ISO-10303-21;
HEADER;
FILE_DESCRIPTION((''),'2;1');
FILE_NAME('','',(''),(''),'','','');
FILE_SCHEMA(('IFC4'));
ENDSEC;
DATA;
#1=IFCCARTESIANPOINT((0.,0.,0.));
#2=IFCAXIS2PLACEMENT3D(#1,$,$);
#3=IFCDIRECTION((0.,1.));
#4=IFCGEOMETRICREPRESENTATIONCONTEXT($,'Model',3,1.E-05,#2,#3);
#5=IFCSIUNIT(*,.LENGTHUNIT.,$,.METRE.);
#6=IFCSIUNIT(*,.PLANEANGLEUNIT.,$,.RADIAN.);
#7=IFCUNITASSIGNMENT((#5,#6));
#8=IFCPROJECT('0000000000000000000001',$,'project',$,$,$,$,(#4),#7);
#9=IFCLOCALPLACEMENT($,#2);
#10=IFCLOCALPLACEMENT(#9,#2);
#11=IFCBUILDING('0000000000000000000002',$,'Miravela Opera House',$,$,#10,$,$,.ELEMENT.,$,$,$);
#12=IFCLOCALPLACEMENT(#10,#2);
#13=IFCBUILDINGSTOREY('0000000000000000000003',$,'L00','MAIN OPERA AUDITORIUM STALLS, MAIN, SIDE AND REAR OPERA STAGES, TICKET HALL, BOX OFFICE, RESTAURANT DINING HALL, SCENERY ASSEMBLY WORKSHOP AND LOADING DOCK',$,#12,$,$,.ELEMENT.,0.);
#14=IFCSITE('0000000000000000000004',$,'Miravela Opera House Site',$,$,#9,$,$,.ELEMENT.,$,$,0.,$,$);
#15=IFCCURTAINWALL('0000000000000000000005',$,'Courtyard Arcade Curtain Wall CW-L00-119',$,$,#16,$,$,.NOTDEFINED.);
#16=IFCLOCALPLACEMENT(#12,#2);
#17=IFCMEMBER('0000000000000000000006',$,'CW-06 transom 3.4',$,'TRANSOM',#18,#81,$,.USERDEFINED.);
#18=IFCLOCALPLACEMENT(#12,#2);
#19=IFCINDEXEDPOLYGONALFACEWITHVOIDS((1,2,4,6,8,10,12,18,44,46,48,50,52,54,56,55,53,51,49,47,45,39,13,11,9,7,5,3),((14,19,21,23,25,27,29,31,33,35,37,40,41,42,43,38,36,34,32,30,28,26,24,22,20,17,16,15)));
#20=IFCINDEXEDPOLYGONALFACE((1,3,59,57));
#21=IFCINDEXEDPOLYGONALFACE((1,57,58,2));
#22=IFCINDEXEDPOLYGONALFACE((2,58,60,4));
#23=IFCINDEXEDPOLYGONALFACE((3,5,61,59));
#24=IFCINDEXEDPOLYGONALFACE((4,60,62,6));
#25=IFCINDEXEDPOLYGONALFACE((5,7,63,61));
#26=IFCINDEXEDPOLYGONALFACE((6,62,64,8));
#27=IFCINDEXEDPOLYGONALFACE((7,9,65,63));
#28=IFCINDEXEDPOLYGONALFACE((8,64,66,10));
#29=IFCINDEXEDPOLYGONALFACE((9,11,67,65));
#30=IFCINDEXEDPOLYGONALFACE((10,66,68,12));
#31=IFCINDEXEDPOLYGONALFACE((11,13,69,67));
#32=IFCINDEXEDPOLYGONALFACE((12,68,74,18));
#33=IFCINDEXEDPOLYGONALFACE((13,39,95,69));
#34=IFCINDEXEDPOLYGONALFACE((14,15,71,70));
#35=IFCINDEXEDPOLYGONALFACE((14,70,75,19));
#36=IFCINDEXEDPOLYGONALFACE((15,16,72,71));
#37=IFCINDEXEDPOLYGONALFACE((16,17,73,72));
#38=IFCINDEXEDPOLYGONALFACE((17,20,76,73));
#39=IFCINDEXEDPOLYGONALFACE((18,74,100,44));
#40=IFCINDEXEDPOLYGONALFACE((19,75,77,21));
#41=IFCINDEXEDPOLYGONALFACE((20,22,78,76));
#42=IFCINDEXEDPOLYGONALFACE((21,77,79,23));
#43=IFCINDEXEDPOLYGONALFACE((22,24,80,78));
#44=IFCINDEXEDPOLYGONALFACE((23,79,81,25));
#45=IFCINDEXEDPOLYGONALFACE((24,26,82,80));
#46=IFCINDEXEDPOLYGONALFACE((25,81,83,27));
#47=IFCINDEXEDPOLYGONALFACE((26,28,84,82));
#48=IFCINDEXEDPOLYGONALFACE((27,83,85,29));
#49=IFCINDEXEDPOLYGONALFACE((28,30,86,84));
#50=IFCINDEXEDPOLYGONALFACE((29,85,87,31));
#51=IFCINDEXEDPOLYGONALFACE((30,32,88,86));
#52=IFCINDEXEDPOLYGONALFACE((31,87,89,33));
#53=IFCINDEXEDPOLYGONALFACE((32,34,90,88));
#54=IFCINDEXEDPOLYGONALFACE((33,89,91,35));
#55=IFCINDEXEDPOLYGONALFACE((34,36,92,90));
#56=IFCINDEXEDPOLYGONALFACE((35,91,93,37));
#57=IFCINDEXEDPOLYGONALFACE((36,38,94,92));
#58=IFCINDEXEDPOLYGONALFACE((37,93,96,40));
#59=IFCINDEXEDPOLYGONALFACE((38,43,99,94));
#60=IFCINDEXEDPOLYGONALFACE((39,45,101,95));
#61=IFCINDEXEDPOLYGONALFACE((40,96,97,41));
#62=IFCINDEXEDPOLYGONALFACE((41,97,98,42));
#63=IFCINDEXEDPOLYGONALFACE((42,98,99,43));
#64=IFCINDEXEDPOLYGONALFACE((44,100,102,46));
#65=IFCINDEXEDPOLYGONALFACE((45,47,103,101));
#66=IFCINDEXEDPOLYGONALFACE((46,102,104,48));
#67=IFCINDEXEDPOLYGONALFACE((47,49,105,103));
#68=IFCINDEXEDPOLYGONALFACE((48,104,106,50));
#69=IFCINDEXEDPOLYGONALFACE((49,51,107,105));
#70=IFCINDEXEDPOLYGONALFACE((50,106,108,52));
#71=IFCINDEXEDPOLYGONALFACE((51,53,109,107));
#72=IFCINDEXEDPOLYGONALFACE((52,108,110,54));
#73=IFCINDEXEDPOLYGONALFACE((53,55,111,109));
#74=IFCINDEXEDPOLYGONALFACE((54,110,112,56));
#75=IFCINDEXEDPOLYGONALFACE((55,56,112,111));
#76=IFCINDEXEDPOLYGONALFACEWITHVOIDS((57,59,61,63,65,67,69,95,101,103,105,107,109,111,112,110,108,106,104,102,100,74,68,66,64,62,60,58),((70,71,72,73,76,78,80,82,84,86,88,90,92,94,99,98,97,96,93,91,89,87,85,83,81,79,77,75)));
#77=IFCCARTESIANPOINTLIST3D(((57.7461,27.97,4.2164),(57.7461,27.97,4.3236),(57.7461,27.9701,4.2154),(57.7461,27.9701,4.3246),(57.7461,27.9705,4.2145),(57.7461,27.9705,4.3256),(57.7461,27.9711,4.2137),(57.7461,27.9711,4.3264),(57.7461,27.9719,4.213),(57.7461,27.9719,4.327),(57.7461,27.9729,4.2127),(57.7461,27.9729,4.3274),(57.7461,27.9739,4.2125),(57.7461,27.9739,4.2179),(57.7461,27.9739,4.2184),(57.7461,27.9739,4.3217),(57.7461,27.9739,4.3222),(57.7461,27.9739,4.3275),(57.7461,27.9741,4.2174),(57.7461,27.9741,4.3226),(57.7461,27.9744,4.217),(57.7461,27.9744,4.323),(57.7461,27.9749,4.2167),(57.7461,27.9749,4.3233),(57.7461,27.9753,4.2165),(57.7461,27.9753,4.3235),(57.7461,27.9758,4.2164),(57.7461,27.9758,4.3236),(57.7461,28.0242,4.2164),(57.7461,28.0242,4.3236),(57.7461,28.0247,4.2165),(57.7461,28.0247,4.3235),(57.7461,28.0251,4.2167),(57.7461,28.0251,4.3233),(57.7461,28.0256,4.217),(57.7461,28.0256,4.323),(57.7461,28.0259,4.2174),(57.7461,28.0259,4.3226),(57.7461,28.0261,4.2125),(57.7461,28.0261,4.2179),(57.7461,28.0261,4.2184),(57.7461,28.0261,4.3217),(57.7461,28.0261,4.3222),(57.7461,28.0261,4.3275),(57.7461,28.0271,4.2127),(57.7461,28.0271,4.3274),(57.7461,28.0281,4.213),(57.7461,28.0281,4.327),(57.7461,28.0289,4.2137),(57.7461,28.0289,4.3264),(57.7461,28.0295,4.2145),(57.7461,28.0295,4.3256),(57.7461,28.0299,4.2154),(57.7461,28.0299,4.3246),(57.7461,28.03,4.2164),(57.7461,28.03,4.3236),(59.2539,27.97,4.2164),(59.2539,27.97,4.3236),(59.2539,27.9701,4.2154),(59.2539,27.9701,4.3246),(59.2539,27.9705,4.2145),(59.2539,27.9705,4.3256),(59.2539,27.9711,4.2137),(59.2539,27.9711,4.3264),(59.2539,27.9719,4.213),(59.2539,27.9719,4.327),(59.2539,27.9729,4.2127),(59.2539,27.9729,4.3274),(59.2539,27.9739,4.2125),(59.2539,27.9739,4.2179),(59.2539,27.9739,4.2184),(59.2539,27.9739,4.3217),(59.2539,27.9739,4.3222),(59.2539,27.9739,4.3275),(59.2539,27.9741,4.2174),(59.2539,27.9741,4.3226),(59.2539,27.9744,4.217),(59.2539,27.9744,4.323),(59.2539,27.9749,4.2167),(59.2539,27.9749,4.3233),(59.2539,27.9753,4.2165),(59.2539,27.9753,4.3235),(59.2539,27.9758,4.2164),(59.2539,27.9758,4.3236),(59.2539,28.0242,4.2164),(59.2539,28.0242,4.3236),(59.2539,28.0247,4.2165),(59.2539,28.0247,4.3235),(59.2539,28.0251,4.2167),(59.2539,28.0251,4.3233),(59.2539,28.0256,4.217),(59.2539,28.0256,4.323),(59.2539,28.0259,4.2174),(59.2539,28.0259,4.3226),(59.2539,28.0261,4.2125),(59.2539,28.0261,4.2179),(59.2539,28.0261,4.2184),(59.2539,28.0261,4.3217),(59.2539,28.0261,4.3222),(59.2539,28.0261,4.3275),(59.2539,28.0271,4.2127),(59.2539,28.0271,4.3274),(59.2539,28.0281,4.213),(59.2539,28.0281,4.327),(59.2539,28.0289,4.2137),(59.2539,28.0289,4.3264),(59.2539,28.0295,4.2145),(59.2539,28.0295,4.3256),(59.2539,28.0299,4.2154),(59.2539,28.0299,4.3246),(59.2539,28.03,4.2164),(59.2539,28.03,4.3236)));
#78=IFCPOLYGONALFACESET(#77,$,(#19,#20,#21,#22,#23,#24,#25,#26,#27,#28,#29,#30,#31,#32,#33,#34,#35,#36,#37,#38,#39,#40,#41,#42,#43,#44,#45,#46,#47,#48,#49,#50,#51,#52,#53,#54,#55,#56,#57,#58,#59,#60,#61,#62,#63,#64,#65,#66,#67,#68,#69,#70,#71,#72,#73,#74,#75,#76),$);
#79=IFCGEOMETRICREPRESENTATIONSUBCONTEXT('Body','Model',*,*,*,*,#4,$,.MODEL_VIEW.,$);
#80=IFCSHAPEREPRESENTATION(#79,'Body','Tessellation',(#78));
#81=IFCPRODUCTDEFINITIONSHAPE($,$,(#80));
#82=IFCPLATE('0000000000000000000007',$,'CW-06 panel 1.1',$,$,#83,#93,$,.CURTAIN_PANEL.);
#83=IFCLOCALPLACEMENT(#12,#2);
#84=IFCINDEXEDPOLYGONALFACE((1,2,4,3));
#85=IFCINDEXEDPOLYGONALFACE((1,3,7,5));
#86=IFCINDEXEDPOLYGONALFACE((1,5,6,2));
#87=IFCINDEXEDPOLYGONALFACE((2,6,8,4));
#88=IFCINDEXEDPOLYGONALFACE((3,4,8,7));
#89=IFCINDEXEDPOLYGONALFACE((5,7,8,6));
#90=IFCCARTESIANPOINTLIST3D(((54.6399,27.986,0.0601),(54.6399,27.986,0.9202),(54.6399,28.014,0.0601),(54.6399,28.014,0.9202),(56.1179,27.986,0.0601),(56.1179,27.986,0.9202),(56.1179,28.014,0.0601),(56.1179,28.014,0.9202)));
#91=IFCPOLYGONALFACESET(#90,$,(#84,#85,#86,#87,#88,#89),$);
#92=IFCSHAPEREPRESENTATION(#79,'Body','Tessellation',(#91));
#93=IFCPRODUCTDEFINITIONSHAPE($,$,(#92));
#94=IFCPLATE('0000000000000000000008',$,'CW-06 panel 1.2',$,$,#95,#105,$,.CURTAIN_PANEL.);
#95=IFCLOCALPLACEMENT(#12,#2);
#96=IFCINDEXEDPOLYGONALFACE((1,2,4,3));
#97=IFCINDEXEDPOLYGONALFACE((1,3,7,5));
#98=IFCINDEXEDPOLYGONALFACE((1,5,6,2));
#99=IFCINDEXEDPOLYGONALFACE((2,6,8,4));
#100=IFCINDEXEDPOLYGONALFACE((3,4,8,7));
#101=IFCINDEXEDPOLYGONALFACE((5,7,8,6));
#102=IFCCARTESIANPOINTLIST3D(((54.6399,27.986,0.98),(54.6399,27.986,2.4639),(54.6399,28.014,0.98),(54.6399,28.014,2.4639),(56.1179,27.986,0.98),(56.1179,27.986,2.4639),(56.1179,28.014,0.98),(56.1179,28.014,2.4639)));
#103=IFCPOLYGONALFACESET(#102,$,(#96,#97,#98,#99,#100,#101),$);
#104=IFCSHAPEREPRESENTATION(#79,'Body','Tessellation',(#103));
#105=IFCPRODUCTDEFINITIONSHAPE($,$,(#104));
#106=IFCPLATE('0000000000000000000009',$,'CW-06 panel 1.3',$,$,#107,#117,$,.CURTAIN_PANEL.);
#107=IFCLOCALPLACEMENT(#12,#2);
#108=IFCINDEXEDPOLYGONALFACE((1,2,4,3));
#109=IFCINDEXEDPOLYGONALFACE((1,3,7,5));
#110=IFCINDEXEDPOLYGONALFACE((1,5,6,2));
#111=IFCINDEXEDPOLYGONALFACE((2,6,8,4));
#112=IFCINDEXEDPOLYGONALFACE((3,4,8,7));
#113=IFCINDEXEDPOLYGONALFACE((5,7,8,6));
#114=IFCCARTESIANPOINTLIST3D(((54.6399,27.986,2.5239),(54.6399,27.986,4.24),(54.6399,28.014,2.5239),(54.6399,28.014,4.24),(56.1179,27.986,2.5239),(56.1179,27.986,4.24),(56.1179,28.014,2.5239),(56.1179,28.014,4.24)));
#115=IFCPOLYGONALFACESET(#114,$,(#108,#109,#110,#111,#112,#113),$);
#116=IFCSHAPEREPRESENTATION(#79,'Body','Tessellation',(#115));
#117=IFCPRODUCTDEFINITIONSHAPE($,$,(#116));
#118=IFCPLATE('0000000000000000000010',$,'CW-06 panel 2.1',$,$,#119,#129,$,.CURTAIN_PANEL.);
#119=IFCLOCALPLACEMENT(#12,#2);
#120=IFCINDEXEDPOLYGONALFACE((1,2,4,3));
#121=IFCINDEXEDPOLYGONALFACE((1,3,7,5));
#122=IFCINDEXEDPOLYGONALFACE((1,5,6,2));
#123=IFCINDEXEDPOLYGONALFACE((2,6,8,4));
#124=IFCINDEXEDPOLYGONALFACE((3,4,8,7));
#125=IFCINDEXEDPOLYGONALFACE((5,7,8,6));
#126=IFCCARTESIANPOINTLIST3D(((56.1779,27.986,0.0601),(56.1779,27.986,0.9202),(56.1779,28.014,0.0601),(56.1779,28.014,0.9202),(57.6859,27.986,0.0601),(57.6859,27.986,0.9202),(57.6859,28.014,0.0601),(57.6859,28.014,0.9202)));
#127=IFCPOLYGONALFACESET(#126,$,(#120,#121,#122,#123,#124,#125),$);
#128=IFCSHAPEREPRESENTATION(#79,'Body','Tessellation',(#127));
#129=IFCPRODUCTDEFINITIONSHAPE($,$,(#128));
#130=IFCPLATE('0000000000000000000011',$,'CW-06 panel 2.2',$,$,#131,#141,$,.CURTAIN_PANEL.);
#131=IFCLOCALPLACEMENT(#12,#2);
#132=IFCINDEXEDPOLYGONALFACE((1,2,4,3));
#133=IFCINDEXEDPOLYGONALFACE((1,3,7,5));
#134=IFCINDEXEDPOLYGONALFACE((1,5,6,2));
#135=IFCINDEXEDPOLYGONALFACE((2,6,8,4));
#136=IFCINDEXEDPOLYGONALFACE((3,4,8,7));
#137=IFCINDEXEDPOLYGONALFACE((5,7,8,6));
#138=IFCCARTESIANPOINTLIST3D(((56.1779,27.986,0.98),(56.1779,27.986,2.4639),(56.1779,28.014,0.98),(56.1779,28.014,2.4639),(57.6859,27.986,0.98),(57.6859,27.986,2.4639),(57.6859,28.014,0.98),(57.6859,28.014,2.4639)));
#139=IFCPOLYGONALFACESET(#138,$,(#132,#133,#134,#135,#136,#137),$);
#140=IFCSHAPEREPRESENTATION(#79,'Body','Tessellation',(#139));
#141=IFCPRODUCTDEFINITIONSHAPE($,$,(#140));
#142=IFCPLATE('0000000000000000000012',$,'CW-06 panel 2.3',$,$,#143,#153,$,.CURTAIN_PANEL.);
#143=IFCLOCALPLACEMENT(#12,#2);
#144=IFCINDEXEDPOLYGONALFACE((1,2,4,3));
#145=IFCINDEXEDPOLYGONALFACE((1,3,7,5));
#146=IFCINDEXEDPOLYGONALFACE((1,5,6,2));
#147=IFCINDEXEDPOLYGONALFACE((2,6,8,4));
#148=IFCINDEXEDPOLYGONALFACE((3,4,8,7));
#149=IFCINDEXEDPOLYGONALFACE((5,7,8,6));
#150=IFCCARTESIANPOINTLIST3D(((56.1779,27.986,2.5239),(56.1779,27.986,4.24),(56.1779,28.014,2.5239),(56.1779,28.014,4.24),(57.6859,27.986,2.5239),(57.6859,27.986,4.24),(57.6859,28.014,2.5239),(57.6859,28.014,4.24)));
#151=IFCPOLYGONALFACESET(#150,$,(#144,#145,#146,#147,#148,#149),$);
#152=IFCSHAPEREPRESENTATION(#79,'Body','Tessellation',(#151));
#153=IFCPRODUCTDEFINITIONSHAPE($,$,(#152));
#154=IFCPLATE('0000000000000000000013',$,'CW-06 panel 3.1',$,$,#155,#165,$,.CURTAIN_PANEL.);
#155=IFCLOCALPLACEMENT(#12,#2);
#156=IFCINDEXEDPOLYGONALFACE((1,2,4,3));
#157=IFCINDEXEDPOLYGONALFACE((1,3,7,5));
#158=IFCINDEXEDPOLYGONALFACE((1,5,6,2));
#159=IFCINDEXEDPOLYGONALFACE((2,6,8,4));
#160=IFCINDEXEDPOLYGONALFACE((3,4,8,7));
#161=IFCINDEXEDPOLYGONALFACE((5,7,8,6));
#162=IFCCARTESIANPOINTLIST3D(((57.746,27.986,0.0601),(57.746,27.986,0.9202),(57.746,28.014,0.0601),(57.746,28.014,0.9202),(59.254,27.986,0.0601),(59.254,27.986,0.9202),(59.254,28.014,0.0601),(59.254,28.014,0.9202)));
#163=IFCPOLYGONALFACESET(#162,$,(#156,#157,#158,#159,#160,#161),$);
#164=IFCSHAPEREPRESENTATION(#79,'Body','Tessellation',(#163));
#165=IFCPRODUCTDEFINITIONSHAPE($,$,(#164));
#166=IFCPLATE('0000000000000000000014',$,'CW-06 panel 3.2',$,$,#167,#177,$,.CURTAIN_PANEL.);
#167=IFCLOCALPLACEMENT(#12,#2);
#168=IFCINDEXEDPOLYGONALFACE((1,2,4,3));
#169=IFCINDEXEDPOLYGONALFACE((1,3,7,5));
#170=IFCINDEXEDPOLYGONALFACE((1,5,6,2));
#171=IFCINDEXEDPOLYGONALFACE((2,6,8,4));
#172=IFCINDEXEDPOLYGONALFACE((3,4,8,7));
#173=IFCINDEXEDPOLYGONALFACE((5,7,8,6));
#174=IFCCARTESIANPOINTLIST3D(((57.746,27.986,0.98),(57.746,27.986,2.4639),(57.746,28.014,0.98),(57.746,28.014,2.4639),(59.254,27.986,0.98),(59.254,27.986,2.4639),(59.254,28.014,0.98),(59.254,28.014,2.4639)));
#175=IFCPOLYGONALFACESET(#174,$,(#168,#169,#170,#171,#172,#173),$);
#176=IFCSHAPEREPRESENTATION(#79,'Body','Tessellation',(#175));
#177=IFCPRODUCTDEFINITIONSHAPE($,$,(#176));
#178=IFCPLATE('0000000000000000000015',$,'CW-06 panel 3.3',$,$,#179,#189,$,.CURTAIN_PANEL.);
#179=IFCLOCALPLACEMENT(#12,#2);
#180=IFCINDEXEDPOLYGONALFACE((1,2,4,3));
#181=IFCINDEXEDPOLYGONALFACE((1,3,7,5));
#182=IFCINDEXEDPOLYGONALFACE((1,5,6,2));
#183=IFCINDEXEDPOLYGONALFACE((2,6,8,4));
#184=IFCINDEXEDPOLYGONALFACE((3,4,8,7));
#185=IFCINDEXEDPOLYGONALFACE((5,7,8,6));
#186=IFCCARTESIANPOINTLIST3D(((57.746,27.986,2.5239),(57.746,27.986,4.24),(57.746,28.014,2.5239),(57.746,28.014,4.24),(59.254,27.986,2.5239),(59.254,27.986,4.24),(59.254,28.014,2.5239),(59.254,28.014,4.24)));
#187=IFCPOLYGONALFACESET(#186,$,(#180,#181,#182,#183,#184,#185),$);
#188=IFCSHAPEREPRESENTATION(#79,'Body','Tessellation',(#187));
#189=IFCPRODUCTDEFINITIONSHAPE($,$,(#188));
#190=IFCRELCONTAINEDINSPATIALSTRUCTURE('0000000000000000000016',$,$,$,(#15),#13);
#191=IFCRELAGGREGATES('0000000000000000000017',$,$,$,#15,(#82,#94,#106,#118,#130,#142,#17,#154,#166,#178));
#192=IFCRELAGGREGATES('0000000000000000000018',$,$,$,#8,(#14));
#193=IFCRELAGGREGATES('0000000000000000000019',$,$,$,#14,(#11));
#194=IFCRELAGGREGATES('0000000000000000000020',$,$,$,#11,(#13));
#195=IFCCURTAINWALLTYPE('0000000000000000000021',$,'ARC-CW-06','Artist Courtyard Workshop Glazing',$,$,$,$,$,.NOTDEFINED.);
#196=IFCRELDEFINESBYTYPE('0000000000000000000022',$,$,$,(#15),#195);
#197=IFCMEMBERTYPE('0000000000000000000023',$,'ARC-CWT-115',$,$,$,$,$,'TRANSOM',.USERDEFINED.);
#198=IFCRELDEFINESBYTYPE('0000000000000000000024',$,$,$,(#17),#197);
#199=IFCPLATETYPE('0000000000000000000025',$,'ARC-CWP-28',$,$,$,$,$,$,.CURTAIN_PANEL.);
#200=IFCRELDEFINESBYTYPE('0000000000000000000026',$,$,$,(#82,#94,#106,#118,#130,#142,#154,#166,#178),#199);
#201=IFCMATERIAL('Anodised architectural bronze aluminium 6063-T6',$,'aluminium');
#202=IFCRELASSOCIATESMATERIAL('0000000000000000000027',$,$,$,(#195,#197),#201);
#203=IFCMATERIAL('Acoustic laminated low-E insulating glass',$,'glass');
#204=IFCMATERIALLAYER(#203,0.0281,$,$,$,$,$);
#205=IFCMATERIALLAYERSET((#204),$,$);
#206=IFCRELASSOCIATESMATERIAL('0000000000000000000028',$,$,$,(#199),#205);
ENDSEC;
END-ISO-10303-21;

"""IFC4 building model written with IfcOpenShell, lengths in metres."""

from ifc_helpers import new_model, si_unit, direction, frame, origin, origin_2d, place, context, subcontext, project, spatial, rectangle, hollow_rectangle, extrude, material, layer, layer_set, material_profile, profile_set, type_object, element, aggregate, save


model = new_model("IFC4")

# Units and contexts
model_context = context("Model", 3, precision=1e-05, world=origin(), true_north=direction((0.0, 1.0)))
body_context = subcontext(model_context, "Body", "Model", "MODEL_VIEW")
ifc_project = project(units=[si_unit("LENGTHUNIT", "METRE"), si_unit("PLANEANGLEUNIT", "RADIAN")], contexts=[model_context])

# Site, building, storey
site_placement = place(None, origin())
site = spatial("IfcSite", under=ifc_project, at=site_placement, Name="Miravela Opera House Site", CompositionType="ELEMENT", RefElevation=0.0)
building_placement = place(site_placement, origin())
building = spatial("IfcBuilding", under=site, at=building_placement, Name="Miravela Opera House", CompositionType="ELEMENT")
storey_placement = place(building_placement, origin())
storey = spatial("IfcBuildingStorey", under=building, at=storey_placement, Name="L00", Description="MAIN OPERA AUDITORIUM STALLS, MAIN, SIDE AND REAR OPERA STAGES, TICKET HALL, BOX OFFICE, RESTAURANT DINING HALL, SCENERY ASSEMBLY WORKSHOP AND LOADING DOCK", CompositionType="ELEMENT", Elevation=0.0)

# Curtain wall, member, plates
ifc_material_1 = material(Name="Anodised architectural bronze aluminium 6063-T6", Category="aluminium")
curtain_wall_type = type_object("IfcCurtainWallType", Name="ARC-CW-06", Description="Artist Courtyard Workshop Glazing", PredefinedType="NOTDEFINED", material=ifc_material_1)
curtain_wall_placement = place(storey_placement, origin())
curtain_wall = element("IfcCurtainWall", 1, at=curtain_wall_placement, inside=storey, type_object=curtain_wall_type, Name="Courtyard Arcade Curtain Wall CW-L00-119", PredefinedType="NOTDEFINED")
ifc_material_profile_1 = material_profile(ifc_material_1, hollow_rectangle(XDim=0.0601, YDim=0.115, WallThickness=0.0039, InnerFilletRadius=0.002, OuterFilletRadius=0.0039, at=origin_2d()), Name="CWT-60X115")
ifc_profile_set_1 = profile_set([ifc_material_profile_1])
member_type_1 = type_object("IfcMemberType", Name="ARC-CWT-115", ElementType="TRANSOM", PredefinedType="USERDEFINED", material=ifc_profile_set_1)
member_1_placement = place(storey_placement, frame((57.7461, 28.0, 4.27), z_axis=(1.0, 0.0, 0.0), x_axis=(0.0, 1.0, 0.0)))
member_1 = element("IfcMember", 2, at=member_1_placement, type_object=member_type_1, Name="CW-06 transom 3.4", ObjectType="TRANSOM", PredefinedType="USERDEFINED", context=body_context, shape_type="SweptSolid", body=[
    extrude(hollow_rectangle(XDim=0.0601, YDim=0.115, WallThickness=0.0039, InnerFilletRadius=0.002, OuterFilletRadius=0.0039, at=origin_2d()), origin(), (0.0, 0.0, 1.0), 1.5078),
])
ifc_material_2 = material(Name="Acoustic laminated low-E insulating glass", Category="glass")
ifc_layer_1 = layer(ifc_material_2, 0.0281)
ifc_layer_set_1 = layer_set([ifc_layer_1])
plate_type = type_object("IfcPlateType", Name="ARC-CWP-28", PredefinedType="CURTAIN_PANEL", material=ifc_layer_set_1)
plate_1_placement = place(storey_placement, frame((55.3789, 28.0, 0.0601), z_axis=(0.0, 0.0, 1.0), x_axis=(1.0, 0.0, 0.0)))
plate_1 = element("IfcPlate", 3, at=plate_1_placement, type_object=plate_type, Name="CW-06 panel 1.1", PredefinedType="CURTAIN_PANEL", context=body_context, shape_type="SweptSolid", body=[
    extrude(rectangle(XDim=1.478, YDim=0.0281, at=origin_2d()), origin(), (0.0, 0.0, 1.0), 0.8601),
])
plate_2_placement = place(storey_placement, frame((55.3789, 28.0, 0.98), z_axis=(0.0, 0.0, 1.0), x_axis=(1.0, 0.0, 0.0)))
plate_2 = element("IfcPlate", 4, at=plate_2_placement, type_object=plate_type, Name="CW-06 panel 1.2", PredefinedType="CURTAIN_PANEL", context=body_context, shape_type="SweptSolid", body=[
    extrude(rectangle(XDim=1.478, YDim=0.0281, at=origin_2d()), origin(), (0.0, 0.0, 1.0), 1.4839),
])
plate_3_placement = place(storey_placement, frame((55.3789, 28.0, 2.5239), z_axis=(0.0, 0.0, 1.0), x_axis=(1.0, 0.0, 0.0)))
plate_3 = element("IfcPlate", 5, at=plate_3_placement, type_object=plate_type, Name="CW-06 panel 1.3", PredefinedType="CURTAIN_PANEL", context=body_context, shape_type="SweptSolid", body=[
    extrude(rectangle(XDim=1.478, YDim=0.0281, at=origin_2d()), origin(), (0.0, 0.0, 1.0), 1.7161),
])
plate_4_placement = place(storey_placement, frame((56.9319, 28.0, 0.0601), z_axis=(0.0, 0.0, 1.0), x_axis=(1.0, 0.0, 0.0)))
plate_4 = element("IfcPlate", 6, at=plate_4_placement, type_object=plate_type, Name="CW-06 panel 2.1", PredefinedType="CURTAIN_PANEL", context=body_context, shape_type="SweptSolid", body=[
    extrude(rectangle(XDim=1.5081, YDim=0.0281, at=origin_2d()), origin(), (0.0, 0.0, 1.0), 0.8601),
])
plate_5_placement = place(storey_placement, frame((56.9319, 28.0, 0.98), z_axis=(0.0, 0.0, 1.0), x_axis=(1.0, 0.0, 0.0)))
plate_5 = element("IfcPlate", 7, at=plate_5_placement, type_object=plate_type, Name="CW-06 panel 2.2", PredefinedType="CURTAIN_PANEL", context=body_context, shape_type="SweptSolid", body=[
    extrude(rectangle(XDim=1.5081, YDim=0.0281, at=origin_2d()), origin(), (0.0, 0.0, 1.0), 1.4839),
])
plate_6_placement = place(storey_placement, frame((56.9319, 28.0, 2.5239), z_axis=(0.0, 0.0, 1.0), x_axis=(1.0, 0.0, 0.0)))
plate_6 = element("IfcPlate", 8, at=plate_6_placement, type_object=plate_type, Name="CW-06 panel 2.3", PredefinedType="CURTAIN_PANEL", context=body_context, shape_type="SweptSolid", body=[
    extrude(rectangle(XDim=1.5081, YDim=0.0281, at=origin_2d()), origin(), (0.0, 0.0, 1.0), 1.7161),
])
plate_7_placement = place(storey_placement, frame((58.5, 28.0, 0.0601), z_axis=(0.0, 0.0, 1.0), x_axis=(1.0, 0.0, 0.0)))
plate_7 = element("IfcPlate", 9, at=plate_7_placement, type_object=plate_type, Name="CW-06 panel 3.1", PredefinedType="CURTAIN_PANEL", context=body_context, shape_type="SweptSolid", body=[
    extrude(rectangle(XDim=1.5081, YDim=0.0281, at=origin_2d()), origin(), (0.0, 0.0, 1.0), 0.8601),
])
plate_8_placement = place(storey_placement, frame((58.5, 28.0, 0.98), z_axis=(0.0, 0.0, 1.0), x_axis=(1.0, 0.0, 0.0)))
plate_8 = element("IfcPlate", 10, at=plate_8_placement, type_object=plate_type, Name="CW-06 panel 3.2", PredefinedType="CURTAIN_PANEL", context=body_context, shape_type="SweptSolid", body=[
    extrude(rectangle(XDim=1.5081, YDim=0.0281, at=origin_2d()), origin(), (0.0, 0.0, 1.0), 1.4839),
])
plate_9_placement = place(storey_placement, frame((58.5, 28.0, 2.5239), z_axis=(0.0, 0.0, 1.0), x_axis=(1.0, 0.0, 0.0)))
plate_9 = element("IfcPlate", 11, at=plate_9_placement, type_object=plate_type, Name="CW-06 panel 3.3", PredefinedType="CURTAIN_PANEL", context=body_context, shape_type="SweptSolid", body=[
    extrude(rectangle(XDim=1.5081, YDim=0.0281, at=origin_2d()), origin(), (0.0, 0.0, 1.0), 1.7161),
])
aggregate(curtain_wall, [plate_1, plate_2, plate_3, plate_4, plate_5, plate_6, member_1, plate_7, plate_8, plate_9])

save(model, "model.ifc")
